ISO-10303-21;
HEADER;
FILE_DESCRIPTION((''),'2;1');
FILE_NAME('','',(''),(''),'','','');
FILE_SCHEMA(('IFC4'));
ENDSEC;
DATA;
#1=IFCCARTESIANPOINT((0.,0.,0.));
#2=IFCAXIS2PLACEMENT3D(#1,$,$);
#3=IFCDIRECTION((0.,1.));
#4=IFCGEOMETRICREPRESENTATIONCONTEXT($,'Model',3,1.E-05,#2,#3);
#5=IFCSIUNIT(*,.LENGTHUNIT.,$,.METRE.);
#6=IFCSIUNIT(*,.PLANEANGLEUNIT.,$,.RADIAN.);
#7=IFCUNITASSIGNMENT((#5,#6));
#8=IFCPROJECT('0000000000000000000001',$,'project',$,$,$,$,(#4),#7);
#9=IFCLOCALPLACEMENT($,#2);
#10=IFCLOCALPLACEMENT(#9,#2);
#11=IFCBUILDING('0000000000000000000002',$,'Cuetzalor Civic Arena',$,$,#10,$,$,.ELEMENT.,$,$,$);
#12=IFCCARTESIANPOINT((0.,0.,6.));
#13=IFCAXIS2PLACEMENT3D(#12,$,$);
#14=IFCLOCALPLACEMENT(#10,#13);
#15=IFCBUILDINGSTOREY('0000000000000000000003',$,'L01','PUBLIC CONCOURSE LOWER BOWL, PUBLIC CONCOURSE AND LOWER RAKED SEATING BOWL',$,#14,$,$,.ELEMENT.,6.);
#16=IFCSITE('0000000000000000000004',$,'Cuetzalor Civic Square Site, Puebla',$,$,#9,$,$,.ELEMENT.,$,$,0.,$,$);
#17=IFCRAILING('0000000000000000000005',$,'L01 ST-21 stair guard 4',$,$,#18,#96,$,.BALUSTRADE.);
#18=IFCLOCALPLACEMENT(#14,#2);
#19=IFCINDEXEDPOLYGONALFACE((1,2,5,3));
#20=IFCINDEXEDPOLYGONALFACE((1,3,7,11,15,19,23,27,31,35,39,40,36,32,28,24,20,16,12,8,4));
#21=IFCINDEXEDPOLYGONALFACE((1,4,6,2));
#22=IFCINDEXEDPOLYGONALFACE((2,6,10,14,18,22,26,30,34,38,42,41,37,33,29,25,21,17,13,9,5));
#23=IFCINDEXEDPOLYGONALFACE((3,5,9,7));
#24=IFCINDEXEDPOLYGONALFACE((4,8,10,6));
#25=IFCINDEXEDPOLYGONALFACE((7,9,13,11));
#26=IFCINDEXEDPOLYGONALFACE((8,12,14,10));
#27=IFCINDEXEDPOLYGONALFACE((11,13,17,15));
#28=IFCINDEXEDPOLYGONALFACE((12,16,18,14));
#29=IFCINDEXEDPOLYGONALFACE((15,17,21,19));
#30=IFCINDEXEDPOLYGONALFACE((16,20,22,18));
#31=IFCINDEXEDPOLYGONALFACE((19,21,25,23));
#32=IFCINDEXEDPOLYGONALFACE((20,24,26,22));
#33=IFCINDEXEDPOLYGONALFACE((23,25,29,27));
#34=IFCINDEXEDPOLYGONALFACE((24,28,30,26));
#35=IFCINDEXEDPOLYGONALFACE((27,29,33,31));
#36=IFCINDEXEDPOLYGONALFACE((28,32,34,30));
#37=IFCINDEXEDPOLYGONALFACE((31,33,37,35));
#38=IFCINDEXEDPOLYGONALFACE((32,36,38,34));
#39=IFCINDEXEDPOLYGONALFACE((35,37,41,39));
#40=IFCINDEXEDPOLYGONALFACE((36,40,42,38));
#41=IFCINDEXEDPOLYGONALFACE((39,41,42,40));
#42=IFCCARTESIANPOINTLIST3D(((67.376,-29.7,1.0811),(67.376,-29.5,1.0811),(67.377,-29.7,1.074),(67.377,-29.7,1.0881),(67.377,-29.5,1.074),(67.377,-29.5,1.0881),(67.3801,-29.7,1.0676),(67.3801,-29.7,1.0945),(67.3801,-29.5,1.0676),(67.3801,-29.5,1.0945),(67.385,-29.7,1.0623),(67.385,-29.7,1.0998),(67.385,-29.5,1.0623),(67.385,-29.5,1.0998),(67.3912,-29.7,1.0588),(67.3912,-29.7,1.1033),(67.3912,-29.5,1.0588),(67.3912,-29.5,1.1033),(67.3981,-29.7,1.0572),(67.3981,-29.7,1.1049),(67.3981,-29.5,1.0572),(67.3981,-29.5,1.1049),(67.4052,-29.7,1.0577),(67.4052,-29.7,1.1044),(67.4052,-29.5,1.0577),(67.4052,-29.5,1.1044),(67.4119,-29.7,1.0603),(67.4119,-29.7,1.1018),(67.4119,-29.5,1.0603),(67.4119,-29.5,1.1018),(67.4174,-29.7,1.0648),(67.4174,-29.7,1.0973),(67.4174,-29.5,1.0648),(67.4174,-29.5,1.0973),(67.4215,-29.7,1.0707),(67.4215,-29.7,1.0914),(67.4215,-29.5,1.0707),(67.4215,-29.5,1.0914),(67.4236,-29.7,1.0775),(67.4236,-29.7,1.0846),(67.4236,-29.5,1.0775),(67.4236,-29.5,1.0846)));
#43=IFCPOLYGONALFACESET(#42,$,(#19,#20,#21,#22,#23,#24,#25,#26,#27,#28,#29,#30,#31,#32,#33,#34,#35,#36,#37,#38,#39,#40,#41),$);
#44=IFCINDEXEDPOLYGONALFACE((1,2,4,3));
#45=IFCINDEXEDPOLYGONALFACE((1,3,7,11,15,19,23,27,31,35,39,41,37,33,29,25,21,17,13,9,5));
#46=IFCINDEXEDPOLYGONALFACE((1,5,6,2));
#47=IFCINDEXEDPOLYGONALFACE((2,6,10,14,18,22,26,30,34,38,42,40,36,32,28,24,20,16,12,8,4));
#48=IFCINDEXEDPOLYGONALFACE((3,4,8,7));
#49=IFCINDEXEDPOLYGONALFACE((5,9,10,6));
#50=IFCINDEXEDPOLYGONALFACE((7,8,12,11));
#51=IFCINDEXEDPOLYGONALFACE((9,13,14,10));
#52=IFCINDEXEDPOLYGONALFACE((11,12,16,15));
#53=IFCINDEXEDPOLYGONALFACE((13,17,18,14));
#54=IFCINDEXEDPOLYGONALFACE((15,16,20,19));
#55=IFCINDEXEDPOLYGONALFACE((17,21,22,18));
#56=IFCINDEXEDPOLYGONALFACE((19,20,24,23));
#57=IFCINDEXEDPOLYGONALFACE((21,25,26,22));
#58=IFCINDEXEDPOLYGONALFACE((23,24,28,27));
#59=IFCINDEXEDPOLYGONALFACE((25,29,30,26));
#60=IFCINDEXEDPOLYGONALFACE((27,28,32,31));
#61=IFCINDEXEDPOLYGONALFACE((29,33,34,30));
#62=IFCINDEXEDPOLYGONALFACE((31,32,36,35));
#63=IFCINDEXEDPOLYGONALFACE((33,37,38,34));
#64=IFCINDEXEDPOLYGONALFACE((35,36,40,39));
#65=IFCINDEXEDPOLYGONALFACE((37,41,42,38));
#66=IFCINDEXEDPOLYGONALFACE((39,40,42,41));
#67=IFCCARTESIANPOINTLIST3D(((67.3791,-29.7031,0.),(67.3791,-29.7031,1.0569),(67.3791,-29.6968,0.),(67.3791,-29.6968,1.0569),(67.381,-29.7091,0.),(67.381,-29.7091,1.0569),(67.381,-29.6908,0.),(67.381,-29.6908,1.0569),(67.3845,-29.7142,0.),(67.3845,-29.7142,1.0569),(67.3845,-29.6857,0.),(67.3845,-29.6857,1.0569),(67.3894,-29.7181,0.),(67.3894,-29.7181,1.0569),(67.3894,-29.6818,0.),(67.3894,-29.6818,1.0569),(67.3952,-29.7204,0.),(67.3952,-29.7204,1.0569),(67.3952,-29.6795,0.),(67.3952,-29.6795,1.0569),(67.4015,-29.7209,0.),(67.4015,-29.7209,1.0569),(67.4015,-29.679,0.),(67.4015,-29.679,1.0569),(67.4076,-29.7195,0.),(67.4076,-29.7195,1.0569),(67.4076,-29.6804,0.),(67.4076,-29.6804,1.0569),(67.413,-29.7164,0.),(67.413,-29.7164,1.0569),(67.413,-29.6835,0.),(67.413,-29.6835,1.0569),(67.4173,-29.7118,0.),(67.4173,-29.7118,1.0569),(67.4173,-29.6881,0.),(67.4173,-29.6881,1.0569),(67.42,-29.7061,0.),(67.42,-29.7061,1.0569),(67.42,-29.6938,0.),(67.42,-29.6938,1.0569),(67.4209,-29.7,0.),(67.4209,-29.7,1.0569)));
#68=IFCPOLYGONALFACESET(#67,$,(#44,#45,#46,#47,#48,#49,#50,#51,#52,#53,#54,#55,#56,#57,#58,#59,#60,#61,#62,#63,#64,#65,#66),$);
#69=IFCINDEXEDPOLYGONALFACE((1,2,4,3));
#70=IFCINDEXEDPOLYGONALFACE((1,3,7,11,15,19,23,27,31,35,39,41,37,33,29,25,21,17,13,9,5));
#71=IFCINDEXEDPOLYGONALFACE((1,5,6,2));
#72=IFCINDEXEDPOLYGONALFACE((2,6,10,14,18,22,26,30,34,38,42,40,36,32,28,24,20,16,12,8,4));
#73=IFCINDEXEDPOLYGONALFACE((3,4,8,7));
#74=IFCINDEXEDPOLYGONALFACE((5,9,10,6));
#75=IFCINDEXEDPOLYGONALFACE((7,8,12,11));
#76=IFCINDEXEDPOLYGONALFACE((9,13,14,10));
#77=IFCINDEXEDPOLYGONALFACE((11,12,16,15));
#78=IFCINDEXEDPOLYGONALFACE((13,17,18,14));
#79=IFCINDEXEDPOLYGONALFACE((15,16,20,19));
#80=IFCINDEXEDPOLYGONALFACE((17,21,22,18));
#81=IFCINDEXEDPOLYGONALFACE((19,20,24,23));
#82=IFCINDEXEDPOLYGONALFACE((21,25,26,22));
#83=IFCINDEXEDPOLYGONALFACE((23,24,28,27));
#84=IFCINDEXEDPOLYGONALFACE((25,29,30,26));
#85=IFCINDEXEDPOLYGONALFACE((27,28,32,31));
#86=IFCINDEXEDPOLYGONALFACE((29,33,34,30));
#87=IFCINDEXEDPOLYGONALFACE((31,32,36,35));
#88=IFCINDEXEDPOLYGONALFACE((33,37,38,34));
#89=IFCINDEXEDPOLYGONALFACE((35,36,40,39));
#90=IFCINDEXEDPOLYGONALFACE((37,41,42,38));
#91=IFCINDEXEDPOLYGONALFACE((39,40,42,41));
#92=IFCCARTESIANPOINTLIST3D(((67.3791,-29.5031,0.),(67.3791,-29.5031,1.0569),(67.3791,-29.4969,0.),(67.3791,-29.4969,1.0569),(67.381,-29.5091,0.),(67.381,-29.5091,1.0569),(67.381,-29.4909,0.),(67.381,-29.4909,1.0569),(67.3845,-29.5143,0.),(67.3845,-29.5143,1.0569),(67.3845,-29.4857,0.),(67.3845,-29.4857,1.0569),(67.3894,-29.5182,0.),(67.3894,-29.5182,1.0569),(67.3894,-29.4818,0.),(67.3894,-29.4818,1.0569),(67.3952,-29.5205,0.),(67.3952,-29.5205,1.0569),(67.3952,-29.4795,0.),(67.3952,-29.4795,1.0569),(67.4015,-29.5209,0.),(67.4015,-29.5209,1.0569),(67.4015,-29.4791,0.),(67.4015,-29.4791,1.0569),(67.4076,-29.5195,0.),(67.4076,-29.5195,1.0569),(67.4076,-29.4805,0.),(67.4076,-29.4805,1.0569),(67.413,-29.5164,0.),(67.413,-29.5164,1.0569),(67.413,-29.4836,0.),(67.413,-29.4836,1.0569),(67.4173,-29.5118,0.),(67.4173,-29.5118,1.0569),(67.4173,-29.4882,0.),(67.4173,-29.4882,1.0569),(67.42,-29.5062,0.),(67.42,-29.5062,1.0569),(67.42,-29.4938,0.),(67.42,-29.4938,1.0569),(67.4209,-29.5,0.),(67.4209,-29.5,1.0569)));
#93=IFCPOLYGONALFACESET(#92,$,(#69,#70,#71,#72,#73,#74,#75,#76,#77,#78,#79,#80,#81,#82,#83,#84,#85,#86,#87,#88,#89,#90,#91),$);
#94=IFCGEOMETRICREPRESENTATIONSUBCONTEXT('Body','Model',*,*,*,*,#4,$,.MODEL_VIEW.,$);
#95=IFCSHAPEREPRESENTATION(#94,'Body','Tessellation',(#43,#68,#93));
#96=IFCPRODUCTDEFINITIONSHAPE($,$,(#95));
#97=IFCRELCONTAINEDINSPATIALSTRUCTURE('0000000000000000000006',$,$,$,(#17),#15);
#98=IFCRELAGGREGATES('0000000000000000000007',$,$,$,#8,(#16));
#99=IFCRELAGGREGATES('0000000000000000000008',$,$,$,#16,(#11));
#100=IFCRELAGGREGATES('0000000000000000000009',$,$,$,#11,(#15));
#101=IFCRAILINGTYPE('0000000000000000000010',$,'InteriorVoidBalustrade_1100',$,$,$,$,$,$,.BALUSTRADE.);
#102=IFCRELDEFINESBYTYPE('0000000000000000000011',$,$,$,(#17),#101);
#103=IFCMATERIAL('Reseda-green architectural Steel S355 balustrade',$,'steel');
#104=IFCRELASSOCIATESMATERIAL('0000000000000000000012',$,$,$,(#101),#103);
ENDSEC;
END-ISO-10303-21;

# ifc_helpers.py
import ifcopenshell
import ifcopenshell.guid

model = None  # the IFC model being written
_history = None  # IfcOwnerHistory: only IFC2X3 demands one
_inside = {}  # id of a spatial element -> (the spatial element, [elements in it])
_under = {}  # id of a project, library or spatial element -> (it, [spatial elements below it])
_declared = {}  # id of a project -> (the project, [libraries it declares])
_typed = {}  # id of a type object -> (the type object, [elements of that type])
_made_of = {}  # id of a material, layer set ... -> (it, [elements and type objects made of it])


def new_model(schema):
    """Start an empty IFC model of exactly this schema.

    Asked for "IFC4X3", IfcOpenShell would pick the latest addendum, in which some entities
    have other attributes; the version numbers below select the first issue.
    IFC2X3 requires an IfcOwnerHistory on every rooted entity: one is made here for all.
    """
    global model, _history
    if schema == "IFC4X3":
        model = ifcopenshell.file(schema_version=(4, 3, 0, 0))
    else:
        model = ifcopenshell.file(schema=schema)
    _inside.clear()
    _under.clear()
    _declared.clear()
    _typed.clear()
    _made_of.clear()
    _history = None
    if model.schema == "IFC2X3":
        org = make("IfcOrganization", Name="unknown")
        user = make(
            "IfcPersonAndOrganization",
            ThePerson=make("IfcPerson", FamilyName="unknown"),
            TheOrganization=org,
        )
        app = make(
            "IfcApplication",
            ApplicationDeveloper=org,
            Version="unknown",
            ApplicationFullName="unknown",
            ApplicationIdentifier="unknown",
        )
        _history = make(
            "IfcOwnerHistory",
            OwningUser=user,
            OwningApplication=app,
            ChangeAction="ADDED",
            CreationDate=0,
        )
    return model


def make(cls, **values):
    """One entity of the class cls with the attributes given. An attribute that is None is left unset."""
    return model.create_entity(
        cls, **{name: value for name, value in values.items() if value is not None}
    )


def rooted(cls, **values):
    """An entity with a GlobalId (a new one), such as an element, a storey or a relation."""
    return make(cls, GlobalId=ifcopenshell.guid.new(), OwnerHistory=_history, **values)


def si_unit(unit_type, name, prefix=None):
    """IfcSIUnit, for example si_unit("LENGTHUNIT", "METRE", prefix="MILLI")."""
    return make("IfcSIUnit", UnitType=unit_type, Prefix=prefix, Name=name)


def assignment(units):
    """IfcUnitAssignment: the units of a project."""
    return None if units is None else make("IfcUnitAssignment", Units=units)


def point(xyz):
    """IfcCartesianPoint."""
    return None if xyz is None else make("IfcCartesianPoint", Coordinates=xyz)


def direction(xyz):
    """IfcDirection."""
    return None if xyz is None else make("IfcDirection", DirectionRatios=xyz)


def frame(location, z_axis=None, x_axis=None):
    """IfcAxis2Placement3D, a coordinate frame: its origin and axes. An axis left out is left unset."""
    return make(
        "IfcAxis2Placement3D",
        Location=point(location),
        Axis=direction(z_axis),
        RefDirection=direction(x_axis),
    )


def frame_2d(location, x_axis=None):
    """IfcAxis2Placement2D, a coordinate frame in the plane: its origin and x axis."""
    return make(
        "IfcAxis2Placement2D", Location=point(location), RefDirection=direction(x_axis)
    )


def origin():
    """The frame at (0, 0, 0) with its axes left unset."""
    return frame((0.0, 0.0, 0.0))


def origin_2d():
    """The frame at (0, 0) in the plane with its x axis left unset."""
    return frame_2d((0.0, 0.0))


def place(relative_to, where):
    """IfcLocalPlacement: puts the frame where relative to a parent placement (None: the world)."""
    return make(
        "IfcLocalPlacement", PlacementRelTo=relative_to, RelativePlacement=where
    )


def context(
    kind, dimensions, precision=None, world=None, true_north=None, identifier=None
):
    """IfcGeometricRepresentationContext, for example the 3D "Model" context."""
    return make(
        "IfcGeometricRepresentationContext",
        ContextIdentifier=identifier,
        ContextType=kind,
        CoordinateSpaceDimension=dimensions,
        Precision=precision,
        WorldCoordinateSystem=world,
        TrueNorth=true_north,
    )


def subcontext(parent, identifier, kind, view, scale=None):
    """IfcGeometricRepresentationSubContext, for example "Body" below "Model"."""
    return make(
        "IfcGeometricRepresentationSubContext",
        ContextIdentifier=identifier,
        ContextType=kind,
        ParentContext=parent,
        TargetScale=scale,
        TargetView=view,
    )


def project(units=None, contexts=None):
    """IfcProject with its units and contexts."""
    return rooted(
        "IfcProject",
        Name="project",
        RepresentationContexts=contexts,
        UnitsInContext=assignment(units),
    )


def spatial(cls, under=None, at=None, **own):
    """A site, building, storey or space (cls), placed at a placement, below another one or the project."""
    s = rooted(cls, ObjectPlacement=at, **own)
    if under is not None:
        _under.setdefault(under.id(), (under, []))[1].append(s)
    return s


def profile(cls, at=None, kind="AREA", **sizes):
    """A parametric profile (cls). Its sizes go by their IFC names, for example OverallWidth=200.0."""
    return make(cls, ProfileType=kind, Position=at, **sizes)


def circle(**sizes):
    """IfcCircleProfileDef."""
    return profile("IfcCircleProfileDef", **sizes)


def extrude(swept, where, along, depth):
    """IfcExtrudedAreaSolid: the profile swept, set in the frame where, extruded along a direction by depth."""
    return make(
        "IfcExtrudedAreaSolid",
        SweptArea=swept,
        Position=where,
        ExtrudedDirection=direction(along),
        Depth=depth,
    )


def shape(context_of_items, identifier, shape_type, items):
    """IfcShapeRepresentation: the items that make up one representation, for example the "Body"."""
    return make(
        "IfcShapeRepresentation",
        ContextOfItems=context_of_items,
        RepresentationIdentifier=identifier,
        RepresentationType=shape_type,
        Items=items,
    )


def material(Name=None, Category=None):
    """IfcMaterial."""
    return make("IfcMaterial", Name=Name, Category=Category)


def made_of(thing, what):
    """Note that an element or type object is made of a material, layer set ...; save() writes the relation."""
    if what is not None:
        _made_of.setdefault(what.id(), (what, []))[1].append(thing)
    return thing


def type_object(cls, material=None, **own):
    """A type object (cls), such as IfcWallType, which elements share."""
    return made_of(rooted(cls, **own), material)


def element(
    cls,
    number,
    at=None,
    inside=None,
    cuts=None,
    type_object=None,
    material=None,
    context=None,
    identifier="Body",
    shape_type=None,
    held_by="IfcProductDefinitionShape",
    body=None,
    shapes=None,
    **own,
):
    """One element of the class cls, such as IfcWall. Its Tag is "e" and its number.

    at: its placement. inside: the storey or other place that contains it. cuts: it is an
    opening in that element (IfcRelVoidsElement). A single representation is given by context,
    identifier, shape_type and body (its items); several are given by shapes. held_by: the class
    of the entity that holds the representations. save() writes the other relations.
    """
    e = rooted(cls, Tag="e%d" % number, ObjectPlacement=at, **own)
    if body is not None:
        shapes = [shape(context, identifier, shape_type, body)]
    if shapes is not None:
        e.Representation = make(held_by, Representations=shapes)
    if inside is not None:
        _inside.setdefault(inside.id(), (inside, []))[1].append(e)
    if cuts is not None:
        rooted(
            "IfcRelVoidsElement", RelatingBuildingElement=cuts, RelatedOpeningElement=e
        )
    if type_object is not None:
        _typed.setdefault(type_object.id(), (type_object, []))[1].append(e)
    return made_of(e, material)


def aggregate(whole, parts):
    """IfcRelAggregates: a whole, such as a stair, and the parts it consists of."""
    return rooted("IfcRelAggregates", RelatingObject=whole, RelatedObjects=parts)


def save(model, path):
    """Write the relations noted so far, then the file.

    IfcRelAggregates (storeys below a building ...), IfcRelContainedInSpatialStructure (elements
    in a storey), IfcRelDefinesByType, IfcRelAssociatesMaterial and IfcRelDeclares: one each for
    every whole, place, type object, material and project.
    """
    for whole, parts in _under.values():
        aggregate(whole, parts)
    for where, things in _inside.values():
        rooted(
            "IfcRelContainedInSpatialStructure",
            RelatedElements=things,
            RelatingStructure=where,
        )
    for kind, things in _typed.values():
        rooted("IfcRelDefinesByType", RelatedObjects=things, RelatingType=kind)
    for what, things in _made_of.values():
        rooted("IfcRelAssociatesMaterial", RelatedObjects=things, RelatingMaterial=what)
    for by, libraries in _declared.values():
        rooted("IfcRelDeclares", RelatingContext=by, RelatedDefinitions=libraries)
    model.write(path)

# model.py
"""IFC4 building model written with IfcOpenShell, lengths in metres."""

from ifc_helpers import new_model, si_unit, direction, frame, origin, origin_2d, place, context, subcontext, project, spatial, circle, extrude, material, type_object, element, save


model = new_model("IFC4")

# Units and contexts
model_context = context("Model", 3, precision=1e-05, world=origin(), true_north=direction((0.0, 1.0)))
body_context = subcontext(model_context, "Body", "Model", "MODEL_VIEW")
ifc_project = project(units=[si_unit("LENGTHUNIT", "METRE"), si_unit("PLANEANGLEUNIT", "RADIAN")], contexts=[model_context])

# Site, building, storey
site_placement = place(None, origin())
site = spatial("IfcSite", under=ifc_project, at=site_placement, Name="Cuetzalor Civic Square Site, Puebla", CompositionType="ELEMENT", RefElevation=0.0)
building_placement = place(site_placement, origin())
building = spatial("IfcBuilding", under=site, at=building_placement, Name="Cuetzalor Civic Arena", CompositionType="ELEMENT")
storey_placement = place(building_placement, frame((0.0, 0.0, 6.0)))
storey = spatial("IfcBuildingStorey", under=building, at=storey_placement, Name="L01", Description="PUBLIC CONCOURSE LOWER BOWL, PUBLIC CONCOURSE AND LOWER RAKED SEATING BOWL", CompositionType="ELEMENT", Elevation=6.0)

# Railing
ifc_material_1 = material(Name="Reseda-green architectural Steel S355 balustrade", Category="steel")
railing_type_1 = type_object("IfcRailingType", Name="InteriorVoidBalustrade_1100", PredefinedType="BALUSTRADE", material=ifc_material_1)
railing_1_placement = place(storey_placement, frame((67.3999, -29.7, 0.0)))
element("IfcRailing", 1, at=railing_1_placement, inside=storey, type_object=railing_type_1, Name="L01 ST-21 stair guard 4", PredefinedType="BALUSTRADE", context=body_context, shape_type="SweptSolid", body=[
    extrude(circle(Radius=0.0239, at=origin_2d()), frame((0.0, 0.0, 1.0811), z_axis=(0.0, 1.0, 0.0), x_axis=(-1.0, 0.0, 0.0)), (0.0, 0.0, 1.0), 0.2),
    extrude(circle(Radius=0.021, at=origin_2d()), origin(), (0.0, 0.0, 1.0), 1.0569),
    extrude(circle(Radius=0.021, at=origin_2d()), frame((0.0, 0.2, 0.0)), (0.0, 0.0, 1.0), 1.0569),
])

save(model, "model.ifc")
